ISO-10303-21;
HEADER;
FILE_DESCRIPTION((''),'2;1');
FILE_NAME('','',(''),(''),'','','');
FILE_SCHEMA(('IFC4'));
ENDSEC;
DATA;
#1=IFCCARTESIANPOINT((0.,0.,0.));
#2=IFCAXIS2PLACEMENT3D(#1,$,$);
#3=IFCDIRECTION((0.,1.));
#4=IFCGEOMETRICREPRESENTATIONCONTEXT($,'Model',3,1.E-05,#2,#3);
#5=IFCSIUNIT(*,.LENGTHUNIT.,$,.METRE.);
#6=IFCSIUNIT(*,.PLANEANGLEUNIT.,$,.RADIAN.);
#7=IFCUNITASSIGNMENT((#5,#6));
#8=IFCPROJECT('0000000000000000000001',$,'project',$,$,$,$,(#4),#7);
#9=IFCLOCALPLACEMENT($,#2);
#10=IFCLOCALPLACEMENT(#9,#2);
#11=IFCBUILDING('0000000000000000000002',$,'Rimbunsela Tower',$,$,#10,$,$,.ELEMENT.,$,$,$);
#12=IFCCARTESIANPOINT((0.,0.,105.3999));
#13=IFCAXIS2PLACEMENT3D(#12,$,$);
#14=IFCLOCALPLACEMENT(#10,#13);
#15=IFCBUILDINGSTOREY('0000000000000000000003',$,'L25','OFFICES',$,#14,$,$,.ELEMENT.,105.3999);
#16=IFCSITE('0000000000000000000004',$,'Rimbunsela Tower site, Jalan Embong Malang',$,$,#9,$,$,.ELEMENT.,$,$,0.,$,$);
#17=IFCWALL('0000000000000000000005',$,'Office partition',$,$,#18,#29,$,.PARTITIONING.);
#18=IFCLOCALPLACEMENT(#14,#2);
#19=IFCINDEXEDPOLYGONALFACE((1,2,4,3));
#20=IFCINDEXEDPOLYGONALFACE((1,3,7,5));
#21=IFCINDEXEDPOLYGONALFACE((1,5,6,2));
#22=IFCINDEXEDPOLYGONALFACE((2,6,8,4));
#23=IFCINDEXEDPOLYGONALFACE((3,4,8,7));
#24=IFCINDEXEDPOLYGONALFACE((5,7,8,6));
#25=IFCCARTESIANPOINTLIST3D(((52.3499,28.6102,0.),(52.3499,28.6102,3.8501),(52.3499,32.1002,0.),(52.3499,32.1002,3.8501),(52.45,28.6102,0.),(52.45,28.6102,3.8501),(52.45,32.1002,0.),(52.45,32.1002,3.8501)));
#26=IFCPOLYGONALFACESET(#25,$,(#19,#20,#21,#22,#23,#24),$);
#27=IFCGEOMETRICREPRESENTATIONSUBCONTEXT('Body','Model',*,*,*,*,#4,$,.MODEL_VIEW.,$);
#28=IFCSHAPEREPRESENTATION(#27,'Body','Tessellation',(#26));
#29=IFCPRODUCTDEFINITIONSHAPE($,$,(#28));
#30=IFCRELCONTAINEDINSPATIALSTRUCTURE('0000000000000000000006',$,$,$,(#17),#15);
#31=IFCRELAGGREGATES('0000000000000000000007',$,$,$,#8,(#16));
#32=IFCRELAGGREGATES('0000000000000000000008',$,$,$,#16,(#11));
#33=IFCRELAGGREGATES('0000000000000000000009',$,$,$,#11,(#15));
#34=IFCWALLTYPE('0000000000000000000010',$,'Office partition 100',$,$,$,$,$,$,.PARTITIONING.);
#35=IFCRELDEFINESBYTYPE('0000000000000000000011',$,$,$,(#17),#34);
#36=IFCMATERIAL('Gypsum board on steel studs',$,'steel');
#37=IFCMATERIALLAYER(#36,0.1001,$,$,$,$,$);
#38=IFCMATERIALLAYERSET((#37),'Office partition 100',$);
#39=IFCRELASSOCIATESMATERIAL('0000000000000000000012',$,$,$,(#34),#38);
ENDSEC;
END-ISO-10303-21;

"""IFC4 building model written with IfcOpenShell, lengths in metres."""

from ifc_helpers import new_model, si_unit, direction, frame, frame_2d, origin, place, context, subcontext, project, spatial, rectangle, extrude, material, layer, layer_set, type_object, element, save


model = new_model("IFC4")

# Units and contexts
model_context = context("Model", 3, precision=1e-05, world=origin(), true_north=direction((0.0, 1.0)))
body_context = subcontext(model_context, "Body", "Model", "MODEL_VIEW")
ifc_project = project(units=[si_unit("LENGTHUNIT", "METRE"), si_unit("PLANEANGLEUNIT", "RADIAN")], contexts=[model_context])

# Site, building, storey
site_placement = place(None, origin())
site = spatial("IfcSite", under=ifc_project, at=site_placement, Name="Rimbunsela Tower site, Jalan Embong Malang", CompositionType="ELEMENT", RefElevation=0.0)
building_placement = place(site_placement, origin())
building = spatial("IfcBuilding", under=site, at=building_placement, Name="Rimbunsela Tower", CompositionType="ELEMENT")
storey_placement = place(building_placement, frame((0.0, 0.0, 105.3999)))
storey = spatial("IfcBuildingStorey", under=building, at=storey_placement, Name="L25", Description="OFFICES", CompositionType="ELEMENT", Elevation=105.3999)

# Shared definitions
ifc_material_1 = material(Name="Gypsum board on steel studs", Category="steel")
ifc_layer = layer(ifc_material_1, 0.1001)
ifc_layer_set = layer_set([ifc_layer], Name="Office partition 100")
wall_type = type_object("IfcWallType", Name="Office partition 100", PredefinedType="PARTITIONING", material=ifc_layer_set)

# Wall
for number, where, z_axis, x_axis, name in (
    (1, (52.3999, 28.6101, 0.0), (0.0, 0.0, 1.0), (0.0, 1.0, 0.0), "Office partition"),
):
    element("IfcWall", number, at=place(storey_placement, frame(where, z_axis=z_axis, x_axis=x_axis)), inside=storey, type_object=wall_type, Name=name, PredefinedType="PARTITIONING", context=body_context, shape_type="SweptSolid", body=[
        extrude(rectangle(XDim=3.49, YDim=0.1001, at=frame_2d((1.7451, 0.0))), origin(), (0.0, 0.0, 1.0), 3.8501),
    ])

save(model, "model.ifc")
